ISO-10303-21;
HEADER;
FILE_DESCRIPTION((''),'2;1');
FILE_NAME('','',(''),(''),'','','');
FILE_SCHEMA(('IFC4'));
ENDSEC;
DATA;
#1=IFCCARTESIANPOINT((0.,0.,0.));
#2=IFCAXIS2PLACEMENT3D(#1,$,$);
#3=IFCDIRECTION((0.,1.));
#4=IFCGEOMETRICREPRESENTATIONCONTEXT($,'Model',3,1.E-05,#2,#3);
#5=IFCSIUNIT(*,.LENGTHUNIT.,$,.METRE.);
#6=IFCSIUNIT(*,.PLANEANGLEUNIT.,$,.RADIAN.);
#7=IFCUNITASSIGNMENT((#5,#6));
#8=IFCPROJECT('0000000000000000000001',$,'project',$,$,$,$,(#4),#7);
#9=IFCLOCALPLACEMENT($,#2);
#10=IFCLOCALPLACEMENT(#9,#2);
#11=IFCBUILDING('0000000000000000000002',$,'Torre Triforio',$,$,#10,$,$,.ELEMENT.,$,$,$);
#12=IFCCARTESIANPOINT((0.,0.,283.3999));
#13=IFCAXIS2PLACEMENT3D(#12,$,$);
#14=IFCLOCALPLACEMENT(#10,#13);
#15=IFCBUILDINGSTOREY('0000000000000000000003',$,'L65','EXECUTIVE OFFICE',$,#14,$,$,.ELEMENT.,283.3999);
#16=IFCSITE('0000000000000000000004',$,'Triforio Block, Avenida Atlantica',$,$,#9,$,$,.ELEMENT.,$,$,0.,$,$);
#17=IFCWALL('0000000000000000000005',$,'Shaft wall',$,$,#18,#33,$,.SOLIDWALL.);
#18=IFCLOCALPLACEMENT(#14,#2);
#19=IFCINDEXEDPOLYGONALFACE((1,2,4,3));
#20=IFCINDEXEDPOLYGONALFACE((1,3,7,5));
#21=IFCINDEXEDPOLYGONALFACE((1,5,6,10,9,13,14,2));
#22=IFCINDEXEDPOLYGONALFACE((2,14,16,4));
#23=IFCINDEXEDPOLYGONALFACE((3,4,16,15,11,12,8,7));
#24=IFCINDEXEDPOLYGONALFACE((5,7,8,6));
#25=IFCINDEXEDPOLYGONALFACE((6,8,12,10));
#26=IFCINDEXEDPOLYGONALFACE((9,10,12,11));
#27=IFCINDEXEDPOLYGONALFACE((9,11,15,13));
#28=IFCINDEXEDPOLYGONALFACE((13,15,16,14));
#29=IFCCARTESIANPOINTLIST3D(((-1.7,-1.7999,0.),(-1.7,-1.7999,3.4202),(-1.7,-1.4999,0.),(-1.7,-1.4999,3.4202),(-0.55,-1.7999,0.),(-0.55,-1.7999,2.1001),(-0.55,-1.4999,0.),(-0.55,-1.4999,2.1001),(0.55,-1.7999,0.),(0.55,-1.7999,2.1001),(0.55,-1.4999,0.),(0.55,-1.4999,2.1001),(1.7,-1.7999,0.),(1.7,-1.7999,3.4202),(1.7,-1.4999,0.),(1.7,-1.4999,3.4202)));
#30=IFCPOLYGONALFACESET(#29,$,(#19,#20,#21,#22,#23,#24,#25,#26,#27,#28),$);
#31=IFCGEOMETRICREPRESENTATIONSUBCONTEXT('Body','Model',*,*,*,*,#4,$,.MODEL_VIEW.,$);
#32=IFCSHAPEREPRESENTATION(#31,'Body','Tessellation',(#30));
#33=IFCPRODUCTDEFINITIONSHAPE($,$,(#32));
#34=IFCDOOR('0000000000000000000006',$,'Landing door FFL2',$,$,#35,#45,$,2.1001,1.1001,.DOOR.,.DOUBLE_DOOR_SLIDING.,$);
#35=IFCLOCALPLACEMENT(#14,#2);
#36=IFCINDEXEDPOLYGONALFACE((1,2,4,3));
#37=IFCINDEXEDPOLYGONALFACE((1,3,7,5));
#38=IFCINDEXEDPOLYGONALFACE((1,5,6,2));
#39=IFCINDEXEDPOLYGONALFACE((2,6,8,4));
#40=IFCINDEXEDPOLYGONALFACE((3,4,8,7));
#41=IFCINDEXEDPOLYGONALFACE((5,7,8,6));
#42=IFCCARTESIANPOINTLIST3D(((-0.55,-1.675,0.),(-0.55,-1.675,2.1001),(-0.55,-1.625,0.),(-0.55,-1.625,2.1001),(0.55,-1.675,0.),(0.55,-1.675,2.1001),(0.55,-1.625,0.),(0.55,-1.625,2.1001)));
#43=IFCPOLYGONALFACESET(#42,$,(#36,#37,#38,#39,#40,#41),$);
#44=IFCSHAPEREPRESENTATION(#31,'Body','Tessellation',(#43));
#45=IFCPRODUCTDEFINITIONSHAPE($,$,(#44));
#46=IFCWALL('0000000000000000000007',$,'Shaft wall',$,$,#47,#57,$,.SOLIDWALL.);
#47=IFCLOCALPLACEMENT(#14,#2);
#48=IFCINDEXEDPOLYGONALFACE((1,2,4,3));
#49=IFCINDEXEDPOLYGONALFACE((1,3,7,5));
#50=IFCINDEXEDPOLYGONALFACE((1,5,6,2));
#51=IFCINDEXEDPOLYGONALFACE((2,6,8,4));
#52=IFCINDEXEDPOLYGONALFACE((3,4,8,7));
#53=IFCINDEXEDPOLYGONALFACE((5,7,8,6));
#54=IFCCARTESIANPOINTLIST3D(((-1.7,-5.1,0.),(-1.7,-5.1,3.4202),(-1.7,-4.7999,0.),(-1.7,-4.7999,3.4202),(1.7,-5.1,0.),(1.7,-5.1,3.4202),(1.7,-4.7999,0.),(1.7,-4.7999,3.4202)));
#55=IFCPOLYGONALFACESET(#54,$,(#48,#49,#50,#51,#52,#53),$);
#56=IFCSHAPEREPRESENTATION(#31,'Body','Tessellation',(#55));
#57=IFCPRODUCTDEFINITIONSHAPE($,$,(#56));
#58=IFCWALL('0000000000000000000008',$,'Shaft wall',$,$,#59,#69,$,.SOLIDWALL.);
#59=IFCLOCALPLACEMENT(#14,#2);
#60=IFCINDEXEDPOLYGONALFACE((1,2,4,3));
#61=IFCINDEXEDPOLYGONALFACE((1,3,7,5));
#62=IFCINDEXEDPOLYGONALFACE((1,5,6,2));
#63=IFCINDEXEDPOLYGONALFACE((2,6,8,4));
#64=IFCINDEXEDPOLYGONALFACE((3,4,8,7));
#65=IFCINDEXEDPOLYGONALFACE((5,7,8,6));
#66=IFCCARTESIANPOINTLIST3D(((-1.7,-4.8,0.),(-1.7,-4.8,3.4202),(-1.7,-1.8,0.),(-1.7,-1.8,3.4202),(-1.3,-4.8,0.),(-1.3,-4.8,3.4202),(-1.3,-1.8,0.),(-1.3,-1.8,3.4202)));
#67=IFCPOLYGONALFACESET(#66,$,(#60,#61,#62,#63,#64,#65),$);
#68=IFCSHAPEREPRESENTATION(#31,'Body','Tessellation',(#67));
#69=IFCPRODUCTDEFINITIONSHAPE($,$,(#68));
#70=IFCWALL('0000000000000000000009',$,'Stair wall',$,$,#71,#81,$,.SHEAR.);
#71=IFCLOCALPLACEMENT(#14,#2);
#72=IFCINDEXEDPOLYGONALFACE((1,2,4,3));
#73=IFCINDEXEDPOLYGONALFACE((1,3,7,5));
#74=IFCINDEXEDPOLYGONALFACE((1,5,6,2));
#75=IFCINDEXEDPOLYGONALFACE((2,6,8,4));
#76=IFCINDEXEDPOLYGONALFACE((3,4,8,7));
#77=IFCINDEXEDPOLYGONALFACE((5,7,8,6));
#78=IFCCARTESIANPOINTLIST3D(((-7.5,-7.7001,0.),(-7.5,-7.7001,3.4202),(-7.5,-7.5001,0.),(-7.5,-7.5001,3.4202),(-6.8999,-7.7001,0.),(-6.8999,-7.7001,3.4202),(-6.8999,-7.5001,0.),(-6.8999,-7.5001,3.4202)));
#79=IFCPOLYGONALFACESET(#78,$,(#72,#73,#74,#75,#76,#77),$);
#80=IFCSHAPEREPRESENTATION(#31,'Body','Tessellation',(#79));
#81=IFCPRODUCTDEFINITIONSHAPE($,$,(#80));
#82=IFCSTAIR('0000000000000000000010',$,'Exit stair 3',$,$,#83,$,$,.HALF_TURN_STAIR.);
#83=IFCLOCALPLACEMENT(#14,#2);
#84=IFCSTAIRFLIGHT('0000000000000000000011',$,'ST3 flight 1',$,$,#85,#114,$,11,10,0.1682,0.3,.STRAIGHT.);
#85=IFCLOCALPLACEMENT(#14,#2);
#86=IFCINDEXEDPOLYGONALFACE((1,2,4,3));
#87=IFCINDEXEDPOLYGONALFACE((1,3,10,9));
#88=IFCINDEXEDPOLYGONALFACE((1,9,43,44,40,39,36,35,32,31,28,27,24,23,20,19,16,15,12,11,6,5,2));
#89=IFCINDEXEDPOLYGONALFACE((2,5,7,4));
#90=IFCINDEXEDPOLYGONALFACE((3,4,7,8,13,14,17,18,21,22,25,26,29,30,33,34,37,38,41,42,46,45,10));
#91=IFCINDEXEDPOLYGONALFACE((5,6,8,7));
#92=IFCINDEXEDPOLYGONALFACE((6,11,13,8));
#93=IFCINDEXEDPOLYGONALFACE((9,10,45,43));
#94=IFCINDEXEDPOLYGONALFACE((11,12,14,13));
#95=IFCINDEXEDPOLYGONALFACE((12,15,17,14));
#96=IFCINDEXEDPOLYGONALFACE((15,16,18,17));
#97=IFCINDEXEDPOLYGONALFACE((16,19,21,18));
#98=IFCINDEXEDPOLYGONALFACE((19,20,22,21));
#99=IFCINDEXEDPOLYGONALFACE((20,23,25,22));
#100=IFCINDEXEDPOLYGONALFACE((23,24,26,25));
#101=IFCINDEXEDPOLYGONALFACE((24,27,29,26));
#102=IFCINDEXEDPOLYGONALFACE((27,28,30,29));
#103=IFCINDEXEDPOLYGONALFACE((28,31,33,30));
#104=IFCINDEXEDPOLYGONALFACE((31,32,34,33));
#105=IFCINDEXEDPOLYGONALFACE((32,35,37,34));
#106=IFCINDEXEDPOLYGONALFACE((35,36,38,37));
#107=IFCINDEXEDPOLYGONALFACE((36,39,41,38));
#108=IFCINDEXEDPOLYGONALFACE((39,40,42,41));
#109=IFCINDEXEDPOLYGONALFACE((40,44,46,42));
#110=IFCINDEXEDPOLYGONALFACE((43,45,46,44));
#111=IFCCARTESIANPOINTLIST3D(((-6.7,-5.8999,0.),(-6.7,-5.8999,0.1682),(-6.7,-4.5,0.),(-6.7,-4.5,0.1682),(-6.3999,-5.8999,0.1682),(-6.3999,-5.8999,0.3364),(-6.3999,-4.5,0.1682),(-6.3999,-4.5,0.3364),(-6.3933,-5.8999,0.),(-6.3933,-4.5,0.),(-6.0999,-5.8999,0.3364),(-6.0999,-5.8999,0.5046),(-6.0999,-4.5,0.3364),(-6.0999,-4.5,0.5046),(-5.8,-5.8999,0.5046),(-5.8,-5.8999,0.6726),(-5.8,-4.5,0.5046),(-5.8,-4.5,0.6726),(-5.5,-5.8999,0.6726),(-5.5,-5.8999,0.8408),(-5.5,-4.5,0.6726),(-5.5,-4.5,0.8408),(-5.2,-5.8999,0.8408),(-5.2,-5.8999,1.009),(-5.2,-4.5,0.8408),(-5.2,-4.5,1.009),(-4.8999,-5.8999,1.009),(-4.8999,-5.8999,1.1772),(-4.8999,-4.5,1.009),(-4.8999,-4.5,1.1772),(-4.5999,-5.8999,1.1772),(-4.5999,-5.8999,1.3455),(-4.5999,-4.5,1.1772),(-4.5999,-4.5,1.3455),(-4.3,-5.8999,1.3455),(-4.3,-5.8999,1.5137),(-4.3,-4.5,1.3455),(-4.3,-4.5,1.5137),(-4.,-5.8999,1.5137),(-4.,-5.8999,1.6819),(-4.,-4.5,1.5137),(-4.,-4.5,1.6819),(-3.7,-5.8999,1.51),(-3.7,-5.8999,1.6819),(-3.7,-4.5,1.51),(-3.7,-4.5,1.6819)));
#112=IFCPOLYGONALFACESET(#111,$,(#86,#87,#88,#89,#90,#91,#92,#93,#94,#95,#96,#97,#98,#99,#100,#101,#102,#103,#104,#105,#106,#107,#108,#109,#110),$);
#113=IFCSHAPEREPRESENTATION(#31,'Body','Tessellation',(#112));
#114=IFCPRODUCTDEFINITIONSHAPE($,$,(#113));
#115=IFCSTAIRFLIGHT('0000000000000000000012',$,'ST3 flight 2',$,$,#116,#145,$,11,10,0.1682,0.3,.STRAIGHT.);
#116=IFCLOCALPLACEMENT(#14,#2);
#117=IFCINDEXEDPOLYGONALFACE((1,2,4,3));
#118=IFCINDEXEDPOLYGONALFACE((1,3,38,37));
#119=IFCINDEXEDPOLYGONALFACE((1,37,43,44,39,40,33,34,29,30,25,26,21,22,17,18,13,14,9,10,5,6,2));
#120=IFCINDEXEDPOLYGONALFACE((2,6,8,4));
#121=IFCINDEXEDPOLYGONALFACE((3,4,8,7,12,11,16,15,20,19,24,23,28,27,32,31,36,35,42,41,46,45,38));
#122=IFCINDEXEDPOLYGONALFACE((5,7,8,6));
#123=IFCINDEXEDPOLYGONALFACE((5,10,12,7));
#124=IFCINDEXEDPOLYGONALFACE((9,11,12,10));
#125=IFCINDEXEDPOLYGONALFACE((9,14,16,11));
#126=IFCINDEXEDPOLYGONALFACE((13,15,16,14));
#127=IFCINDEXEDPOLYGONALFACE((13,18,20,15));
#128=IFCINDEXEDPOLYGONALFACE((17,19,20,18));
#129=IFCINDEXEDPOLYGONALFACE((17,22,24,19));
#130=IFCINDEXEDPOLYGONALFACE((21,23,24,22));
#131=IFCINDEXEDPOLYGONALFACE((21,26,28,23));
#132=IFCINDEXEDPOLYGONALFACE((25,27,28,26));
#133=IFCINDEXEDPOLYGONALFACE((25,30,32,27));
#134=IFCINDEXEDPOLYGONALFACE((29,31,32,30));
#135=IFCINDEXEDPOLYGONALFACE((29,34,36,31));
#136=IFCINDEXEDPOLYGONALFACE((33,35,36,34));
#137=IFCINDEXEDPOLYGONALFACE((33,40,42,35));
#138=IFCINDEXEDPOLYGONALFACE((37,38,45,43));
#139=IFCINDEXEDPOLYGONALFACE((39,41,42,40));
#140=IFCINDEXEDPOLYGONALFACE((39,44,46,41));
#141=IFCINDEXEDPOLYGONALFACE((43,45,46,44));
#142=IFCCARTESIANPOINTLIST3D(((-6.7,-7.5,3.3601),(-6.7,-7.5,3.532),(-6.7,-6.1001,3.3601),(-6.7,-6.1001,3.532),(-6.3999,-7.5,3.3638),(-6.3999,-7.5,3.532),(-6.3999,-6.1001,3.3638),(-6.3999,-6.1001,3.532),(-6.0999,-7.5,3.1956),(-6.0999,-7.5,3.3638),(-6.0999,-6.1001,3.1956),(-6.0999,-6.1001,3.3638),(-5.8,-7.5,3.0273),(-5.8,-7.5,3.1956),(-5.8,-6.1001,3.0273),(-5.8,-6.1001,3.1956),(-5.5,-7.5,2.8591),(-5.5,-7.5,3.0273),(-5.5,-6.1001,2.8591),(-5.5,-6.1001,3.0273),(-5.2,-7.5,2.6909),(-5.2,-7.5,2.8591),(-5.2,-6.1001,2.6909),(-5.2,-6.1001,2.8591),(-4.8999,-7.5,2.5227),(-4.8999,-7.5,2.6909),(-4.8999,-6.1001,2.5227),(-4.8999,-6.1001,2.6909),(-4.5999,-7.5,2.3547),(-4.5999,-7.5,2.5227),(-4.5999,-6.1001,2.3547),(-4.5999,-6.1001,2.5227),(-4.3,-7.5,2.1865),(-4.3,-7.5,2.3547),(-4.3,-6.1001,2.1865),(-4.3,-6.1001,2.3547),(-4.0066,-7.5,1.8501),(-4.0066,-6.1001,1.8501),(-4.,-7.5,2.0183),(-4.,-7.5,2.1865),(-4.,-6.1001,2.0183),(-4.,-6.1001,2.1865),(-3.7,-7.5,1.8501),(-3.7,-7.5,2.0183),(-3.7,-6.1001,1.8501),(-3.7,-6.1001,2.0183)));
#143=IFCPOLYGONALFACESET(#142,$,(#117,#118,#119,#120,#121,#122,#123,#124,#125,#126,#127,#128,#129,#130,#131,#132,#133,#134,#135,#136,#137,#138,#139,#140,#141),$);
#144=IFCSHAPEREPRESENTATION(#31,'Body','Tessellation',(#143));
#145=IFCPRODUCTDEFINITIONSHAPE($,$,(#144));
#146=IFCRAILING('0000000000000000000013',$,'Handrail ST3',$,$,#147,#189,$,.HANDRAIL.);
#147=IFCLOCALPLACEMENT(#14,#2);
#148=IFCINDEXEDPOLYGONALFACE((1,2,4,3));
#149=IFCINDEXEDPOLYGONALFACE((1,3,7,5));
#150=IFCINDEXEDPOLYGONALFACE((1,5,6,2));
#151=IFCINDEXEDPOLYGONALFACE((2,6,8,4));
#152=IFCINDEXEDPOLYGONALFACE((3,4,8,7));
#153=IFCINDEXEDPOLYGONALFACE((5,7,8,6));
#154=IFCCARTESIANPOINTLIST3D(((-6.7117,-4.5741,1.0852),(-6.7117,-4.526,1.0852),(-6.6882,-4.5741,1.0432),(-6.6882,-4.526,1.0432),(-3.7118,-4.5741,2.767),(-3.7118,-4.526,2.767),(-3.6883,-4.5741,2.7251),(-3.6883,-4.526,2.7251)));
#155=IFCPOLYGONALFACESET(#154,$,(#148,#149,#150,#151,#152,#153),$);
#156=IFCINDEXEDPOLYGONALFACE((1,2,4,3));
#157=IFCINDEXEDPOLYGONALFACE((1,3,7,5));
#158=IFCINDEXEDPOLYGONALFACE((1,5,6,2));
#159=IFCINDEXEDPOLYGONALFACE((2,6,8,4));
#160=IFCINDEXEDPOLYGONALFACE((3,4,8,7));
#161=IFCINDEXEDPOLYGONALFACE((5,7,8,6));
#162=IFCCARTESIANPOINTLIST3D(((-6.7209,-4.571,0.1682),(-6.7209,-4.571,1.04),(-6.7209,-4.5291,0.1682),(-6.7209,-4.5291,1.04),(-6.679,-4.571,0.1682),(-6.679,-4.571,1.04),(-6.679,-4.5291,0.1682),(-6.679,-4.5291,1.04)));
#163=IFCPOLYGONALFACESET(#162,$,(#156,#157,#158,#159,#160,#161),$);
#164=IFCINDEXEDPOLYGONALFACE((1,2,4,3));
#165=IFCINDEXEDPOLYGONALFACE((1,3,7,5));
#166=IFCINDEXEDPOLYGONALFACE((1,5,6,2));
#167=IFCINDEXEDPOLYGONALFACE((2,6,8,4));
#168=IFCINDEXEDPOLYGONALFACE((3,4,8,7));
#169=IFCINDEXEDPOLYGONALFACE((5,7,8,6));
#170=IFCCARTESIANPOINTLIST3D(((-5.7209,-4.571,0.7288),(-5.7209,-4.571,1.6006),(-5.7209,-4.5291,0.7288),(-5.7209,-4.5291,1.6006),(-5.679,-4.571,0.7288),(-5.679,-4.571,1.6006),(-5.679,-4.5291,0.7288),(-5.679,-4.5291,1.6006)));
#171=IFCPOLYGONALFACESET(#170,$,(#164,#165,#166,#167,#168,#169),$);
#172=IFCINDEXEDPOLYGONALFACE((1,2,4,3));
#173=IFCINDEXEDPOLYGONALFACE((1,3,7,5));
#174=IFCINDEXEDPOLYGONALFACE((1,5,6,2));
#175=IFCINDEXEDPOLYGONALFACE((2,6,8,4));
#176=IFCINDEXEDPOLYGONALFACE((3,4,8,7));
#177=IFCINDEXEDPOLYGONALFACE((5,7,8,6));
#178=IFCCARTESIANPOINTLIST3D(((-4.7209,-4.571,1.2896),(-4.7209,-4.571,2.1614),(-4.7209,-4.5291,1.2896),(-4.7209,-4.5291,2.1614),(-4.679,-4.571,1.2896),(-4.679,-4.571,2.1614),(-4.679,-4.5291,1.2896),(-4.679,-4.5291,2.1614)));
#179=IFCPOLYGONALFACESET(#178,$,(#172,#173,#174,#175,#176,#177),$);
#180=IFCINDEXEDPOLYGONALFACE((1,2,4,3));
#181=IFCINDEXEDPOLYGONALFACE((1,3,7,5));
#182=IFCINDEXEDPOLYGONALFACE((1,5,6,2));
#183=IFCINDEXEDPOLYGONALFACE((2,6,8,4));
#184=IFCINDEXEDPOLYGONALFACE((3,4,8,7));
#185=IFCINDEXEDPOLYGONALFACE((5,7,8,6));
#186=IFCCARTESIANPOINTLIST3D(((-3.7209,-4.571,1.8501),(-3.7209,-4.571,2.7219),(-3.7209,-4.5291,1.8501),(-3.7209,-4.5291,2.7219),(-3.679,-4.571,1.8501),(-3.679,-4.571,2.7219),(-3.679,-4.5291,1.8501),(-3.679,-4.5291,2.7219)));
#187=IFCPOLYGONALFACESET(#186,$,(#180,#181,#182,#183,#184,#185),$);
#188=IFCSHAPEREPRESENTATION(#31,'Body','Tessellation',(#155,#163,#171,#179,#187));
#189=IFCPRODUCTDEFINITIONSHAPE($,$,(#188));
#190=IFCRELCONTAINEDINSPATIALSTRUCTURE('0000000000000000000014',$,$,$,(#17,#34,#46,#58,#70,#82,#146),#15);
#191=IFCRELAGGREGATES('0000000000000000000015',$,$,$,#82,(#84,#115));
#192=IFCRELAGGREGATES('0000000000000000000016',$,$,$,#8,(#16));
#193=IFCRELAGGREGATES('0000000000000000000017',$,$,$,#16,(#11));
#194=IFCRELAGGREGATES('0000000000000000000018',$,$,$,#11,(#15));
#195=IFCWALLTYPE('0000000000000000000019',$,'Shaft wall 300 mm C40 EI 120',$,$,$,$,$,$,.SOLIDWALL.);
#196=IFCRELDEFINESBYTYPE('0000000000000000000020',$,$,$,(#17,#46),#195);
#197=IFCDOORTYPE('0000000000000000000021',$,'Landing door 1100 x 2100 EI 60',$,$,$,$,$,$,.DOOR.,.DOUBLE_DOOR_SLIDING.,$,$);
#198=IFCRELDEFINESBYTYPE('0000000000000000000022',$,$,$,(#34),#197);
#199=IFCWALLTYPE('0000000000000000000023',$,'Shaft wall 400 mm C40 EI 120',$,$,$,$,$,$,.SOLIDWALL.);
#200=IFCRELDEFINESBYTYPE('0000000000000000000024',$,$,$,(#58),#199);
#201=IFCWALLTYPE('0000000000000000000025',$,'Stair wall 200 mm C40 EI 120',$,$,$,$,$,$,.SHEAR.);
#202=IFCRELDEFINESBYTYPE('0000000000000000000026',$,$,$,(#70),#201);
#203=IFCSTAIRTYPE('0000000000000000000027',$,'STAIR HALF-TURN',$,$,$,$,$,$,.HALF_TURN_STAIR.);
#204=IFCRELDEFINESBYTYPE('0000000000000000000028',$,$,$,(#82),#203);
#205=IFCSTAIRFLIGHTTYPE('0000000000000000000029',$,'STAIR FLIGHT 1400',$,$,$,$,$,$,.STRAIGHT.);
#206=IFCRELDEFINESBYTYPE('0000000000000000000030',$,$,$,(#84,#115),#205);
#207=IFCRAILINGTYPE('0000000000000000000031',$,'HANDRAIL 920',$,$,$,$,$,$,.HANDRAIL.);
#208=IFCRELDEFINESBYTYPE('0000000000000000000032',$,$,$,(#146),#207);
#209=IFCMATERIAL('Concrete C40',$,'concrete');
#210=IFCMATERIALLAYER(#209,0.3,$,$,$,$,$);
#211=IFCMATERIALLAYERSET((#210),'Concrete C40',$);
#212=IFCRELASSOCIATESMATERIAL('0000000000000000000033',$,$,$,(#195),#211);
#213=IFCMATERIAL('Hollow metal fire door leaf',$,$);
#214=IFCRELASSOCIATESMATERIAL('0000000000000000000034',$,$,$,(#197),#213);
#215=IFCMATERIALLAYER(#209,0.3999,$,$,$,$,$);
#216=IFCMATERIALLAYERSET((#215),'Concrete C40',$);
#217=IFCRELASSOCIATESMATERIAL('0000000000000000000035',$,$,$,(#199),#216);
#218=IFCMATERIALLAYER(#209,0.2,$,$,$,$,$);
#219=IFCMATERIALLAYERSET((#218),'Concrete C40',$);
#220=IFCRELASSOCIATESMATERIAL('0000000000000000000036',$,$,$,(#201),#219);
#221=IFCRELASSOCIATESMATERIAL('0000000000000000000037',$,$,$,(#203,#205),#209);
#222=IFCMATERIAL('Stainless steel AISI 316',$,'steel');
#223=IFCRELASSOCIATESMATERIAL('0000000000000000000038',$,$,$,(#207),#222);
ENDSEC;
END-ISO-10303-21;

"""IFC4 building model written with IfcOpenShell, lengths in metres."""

from ifc_helpers import new_model, si_unit, direction, frame, frame_2d, origin, origin_2d, place, context, subcontext, project, spatial, polyline, rectangle, outline, extrude, material, layer, layer_set, type_object, element, fill, aggregate, save


model = new_model("IFC4")

# Units and contexts
model_context = context("Model", 3, precision=1e-05, world=origin(), true_north=direction((0.0, 1.0)))
body_context = subcontext(model_context, "Body", "Model", "MODEL_VIEW")
ifc_project = project(units=[si_unit("LENGTHUNIT", "METRE"), si_unit("PLANEANGLEUNIT", "RADIAN")], contexts=[model_context])

# Site, building, storey
site_placement = place(None, origin())
site = spatial("IfcSite", under=ifc_project, at=site_placement, Name="Triforio Block, Avenida Atlantica", CompositionType="ELEMENT", RefElevation=0.0)
building_placement = place(site_placement, origin())
building = spatial("IfcBuilding", under=site, at=building_placement, Name="Torre Triforio", CompositionType="ELEMENT")
storey_placement = place(building_placement, frame((0.0, 0.0, 283.3999)))
storey = spatial("IfcBuildingStorey", under=building, at=storey_placement, Name="L65", Description="EXECUTIVE OFFICE", CompositionType="ELEMENT", Elevation=283.3999)

# Shared definitions
ifc_material_1 = material(Name="Concrete C40", Category="concrete")

# Shared definitions
ifc_material_2 = material(Name="Hollow metal fire door leaf")

# Wall, opening, door
ifc_layer_1 = layer(ifc_material_1, 0.3)
ifc_layer_set_1 = layer_set([ifc_layer_1], Name="Concrete C40")
wall_type_1 = type_object("IfcWallType", Name="Shaft wall 300 mm C40 EI 120", PredefinedType="SOLIDWALL", material=ifc_layer_set_1)
wall_1_placement = place(storey_placement, frame((-1.7, -1.6499, 0.0), z_axis=(0.0, 0.0, 1.0), x_axis=(1.0, 0.0, 0.0)))
wall_1 = element("IfcWall", 1, at=wall_1_placement, inside=storey, type_object=wall_type_1, Name="Shaft wall", PredefinedType="SOLIDWALL", context=body_context, shape_type="SweptSolid", body=[
    extrude(rectangle(XDim=3.3999, YDim=0.3, at=frame_2d((1.7, 0.0))), origin(), (0.0, 0.0, 1.0), 3.4202),
])
opening_1_placement = place(wall_1_placement, frame((1.1499, 0.0, 0.0)))
opening_1 = element("IfcOpeningElement", 2, at=opening_1_placement, cuts=wall_1, PredefinedType="OPENING", context=body_context, shape_type="SweptSolid", body=[
    extrude(rectangle(XDim=1.1001, YDim=2.1001, at=frame_2d((0.55, 1.05))), frame((0.0, 0.1599, 0.0), z_axis=(0.0, -1.0, 0.0), x_axis=(1.0, 0.0, 0.0)), (0.0, 0.0, 1.0), 0.3201),
])
door_type_1 = type_object("IfcDoorType", Name="Landing door 1100 x 2100 EI 60", OperationType="DOUBLE_DOOR_SLIDING", PredefinedType="DOOR", material=ifc_material_2)
door_1_placement = place(opening_1_placement, origin())
door_1 = element("IfcDoor", 3, at=door_1_placement, inside=storey, type_object=door_type_1, Name="Landing door FFL2", OperationType="DOUBLE_DOOR_SLIDING", OverallHeight=2.1001, OverallWidth=1.1001, PredefinedType="DOOR", context=body_context, shape_type="SweptSolid", body=[
    extrude(rectangle(XDim=1.1001, YDim=2.1001, at=frame_2d((0.55, 1.05))), frame((0.0, 0.0249, 0.0), z_axis=(0.0, -1.0, 0.0), x_axis=(1.0, 0.0, 0.0)), (0.0, 0.0, 1.0), 0.05),
])
fill(opening_1, door_1)

# Walls
wall_2_placement = place(storey_placement, frame((-1.7, -4.95, 0.0), z_axis=(0.0, 0.0, 1.0), x_axis=(1.0, 0.0, 0.0)))
element("IfcWall", 4, at=wall_2_placement, inside=storey, type_object=wall_type_1, Name="Shaft wall", PredefinedType="SOLIDWALL", context=body_context, shape_type="SweptSolid", body=[
    extrude(rectangle(XDim=3.3999, YDim=0.3, at=frame_2d((1.7, 0.0))), origin(), (0.0, 0.0, 1.0), 3.4202),
])
ifc_layer_2 = layer(ifc_material_1, 0.3999)
ifc_layer_set_2 = layer_set([ifc_layer_2], Name="Concrete C40")
wall_type_2 = type_object("IfcWallType", Name="Shaft wall 400 mm C40 EI 120", PredefinedType="SOLIDWALL", material=ifc_layer_set_2)
wall_3_placement = place(storey_placement, frame((-1.5, -4.8, 0.0), z_axis=(0.0, 0.0, 1.0), x_axis=(0.0, 1.0, 0.0)))
element("IfcWall", 5, at=wall_3_placement, inside=storey, type_object=wall_type_2, Name="Shaft wall", PredefinedType="SOLIDWALL", context=body_context, shape_type="SweptSolid", body=[
    extrude(rectangle(XDim=3.0, YDim=0.3999, at=frame_2d((1.5, 0.0))), origin(), (0.0, 0.0, 1.0), 3.4202),
])
ifc_layer_3 = layer(ifc_material_1, 0.2)
ifc_layer_set_3 = layer_set([ifc_layer_3], Name="Concrete C40")
wall_type_3 = type_object("IfcWallType", Name="Stair wall 200 mm C40 EI 120", PredefinedType="SHEAR", material=ifc_layer_set_3)
wall_4_placement = place(storey_placement, frame((-7.5, -7.6001, 0.0), z_axis=(0.0, 0.0, 1.0), x_axis=(1.0, 0.0, 0.0)))
element("IfcWall", 6, at=wall_4_placement, inside=storey, type_object=wall_type_3, Name="Stair wall", PredefinedType="SHEAR", context=body_context, shape_type="SweptSolid", body=[
    extrude(rectangle(XDim=0.6001, YDim=0.2, at=frame_2d((0.3, 0.0))), origin(), (0.0, 0.0, 1.0), 3.4202),
])

# Stair, stair flights
stair_type = type_object("IfcStairType", Name="STAIR HALF-TURN", PredefinedType="HALF_TURN_STAIR", material=ifc_material_1)
stair_placement = place(storey_placement, origin())
stair = element("IfcStair", 7, at=stair_placement, inside=storey, type_object=stair_type, Name="Exit stair 3", PredefinedType="HALF_TURN_STAIR")
stair_flight_type = type_object("IfcStairFlightType", Name="STAIR FLIGHT 1400", PredefinedType="STRAIGHT", material=ifc_material_1)
stair_flight_1_placement = place(storey_placement, frame((-6.7, -5.2, 0.0), z_axis=(0.0, 0.0, 1.0), x_axis=(1.0, 0.0, 0.0)))
stair_flight_1 = element("IfcStairFlight", 8, at=stair_flight_1_placement, type_object=stair_flight_type, Name="ST3 flight 1", NumberOfRisers=11, NumberOfTreads=10, PredefinedType="STRAIGHT", RiserHeight=0.1682, TreadLength=0.3, context=body_context, shape_type="SweptSolid", body=[
    extrude(outline(polyline([(0.0, 0.0), (0.0, 0.1682), (0.3, 0.1682), (0.3, 0.3364), (0.6001, 0.3364), (0.6001, 0.5046), (0.8999, 0.5046), (0.8999, 0.6726), (1.2, 0.6726), (1.2, 0.8408), (1.5, 0.8408), (1.5, 1.009), (1.8, 1.009), (1.8, 1.1772), (2.1001, 1.1772), (2.1001, 1.3455), (2.3999, 1.3455), (2.3999, 1.5137), (2.7, 1.5137), (2.7, 1.6819), (3.0, 1.6819), (3.0, 1.8501), (3.0, 1.51), (0.3066, 0.0), (0.0, 0.0)])), frame((0.0, 0.7, 0.0), z_axis=(0.0, -1.0, 0.0), x_axis=(1.0, 0.0, 0.0)), (0.0, 0.0, 1.0), 1.3999),
])
stair_flight_2_placement = place(storey_placement, frame((-3.7, -6.8, 1.8501), z_axis=(0.0, 0.0, 1.0), x_axis=(-1.0, 0.0, 0.0)))
stair_flight_2 = element("IfcStairFlight", 9, at=stair_flight_2_placement, type_object=stair_flight_type, Name="ST3 flight 2", NumberOfRisers=11, NumberOfTreads=10, PredefinedType="STRAIGHT", RiserHeight=0.1682, TreadLength=0.3, context=body_context, shape_type="SweptSolid", body=[
    extrude(outline(polyline([(0.0, 0.0), (0.0, 0.1682), (0.3, 0.1682), (0.3, 0.3364), (0.6001, 0.3364), (0.6001, 0.5046), (0.8999, 0.5046), (0.8999, 0.6726), (1.2, 0.6726), (1.2, 0.8408), (1.5, 0.8408), (1.5, 1.009), (1.8, 1.009), (1.8, 1.1772), (2.1001, 1.1772), (2.1001, 1.3455), (2.3999, 1.3455), (2.3999, 1.5137), (2.7, 1.5137), (2.7, 1.6819), (3.0, 1.6819), (3.0, 1.8501), (3.0, 1.51), (0.3066, 0.0), (0.0, 0.0)])), frame((0.0, 0.7, 0.0), z_axis=(0.0, -1.0, 0.0), x_axis=(1.0, 0.0, 0.0)), (0.0, 0.0, 1.0), 1.3999),
])
aggregate(stair, [stair_flight_1, stair_flight_2])

# Railing
ifc_material_3 = material(Name="Stainless steel AISI 316", Category="steel")
railing_type = type_object("IfcRailingType", Name="HANDRAIL 920", PredefinedType="HANDRAIL", material=ifc_material_3)
for number, where, name in (
    (10, (-6.7, -4.55, 0.1682), "Handrail ST3"),
):
    element("IfcRailing", number, at=place(storey_placement, frame(where)), inside=storey, type_object=railing_type, Name=name, PredefinedType="HANDRAIL", context=body_context, shape_type="SweptSolid", body=[
        extrude(rectangle(XDim=0.0481, YDim=0.0481, at=origin_2d()), frame((0.0, 0.0, 0.896), z_axis=(0.872272, 0.0, 0.48902), x_axis=(0.0, 1.0, 0.0)), (0.0, 0.0, 1.0), 3.4392),
        extrude(rectangle(XDim=0.042, YDim=0.042, at=origin_2d()), origin(), (0.0, 0.0, 1.0), 0.8718),
        extrude(rectangle(XDim=0.042, YDim=0.042, at=origin_2d()), frame((1.0, 0.0, 0.5605)), (0.0, 0.0, 1.0), 0.8718),
        extrude(rectangle(XDim=0.042, YDim=0.042, at=origin_2d()), frame((2.0, 0.0, 1.1213)), (0.0, 0.0, 1.0), 0.8718),
        extrude(rectangle(XDim=0.042, YDim=0.042, at=origin_2d()), frame((3.0, 0.0, 1.6819)), (0.0, 0.0, 1.0), 0.8718),
    ])

save(model, "model.ifc")
